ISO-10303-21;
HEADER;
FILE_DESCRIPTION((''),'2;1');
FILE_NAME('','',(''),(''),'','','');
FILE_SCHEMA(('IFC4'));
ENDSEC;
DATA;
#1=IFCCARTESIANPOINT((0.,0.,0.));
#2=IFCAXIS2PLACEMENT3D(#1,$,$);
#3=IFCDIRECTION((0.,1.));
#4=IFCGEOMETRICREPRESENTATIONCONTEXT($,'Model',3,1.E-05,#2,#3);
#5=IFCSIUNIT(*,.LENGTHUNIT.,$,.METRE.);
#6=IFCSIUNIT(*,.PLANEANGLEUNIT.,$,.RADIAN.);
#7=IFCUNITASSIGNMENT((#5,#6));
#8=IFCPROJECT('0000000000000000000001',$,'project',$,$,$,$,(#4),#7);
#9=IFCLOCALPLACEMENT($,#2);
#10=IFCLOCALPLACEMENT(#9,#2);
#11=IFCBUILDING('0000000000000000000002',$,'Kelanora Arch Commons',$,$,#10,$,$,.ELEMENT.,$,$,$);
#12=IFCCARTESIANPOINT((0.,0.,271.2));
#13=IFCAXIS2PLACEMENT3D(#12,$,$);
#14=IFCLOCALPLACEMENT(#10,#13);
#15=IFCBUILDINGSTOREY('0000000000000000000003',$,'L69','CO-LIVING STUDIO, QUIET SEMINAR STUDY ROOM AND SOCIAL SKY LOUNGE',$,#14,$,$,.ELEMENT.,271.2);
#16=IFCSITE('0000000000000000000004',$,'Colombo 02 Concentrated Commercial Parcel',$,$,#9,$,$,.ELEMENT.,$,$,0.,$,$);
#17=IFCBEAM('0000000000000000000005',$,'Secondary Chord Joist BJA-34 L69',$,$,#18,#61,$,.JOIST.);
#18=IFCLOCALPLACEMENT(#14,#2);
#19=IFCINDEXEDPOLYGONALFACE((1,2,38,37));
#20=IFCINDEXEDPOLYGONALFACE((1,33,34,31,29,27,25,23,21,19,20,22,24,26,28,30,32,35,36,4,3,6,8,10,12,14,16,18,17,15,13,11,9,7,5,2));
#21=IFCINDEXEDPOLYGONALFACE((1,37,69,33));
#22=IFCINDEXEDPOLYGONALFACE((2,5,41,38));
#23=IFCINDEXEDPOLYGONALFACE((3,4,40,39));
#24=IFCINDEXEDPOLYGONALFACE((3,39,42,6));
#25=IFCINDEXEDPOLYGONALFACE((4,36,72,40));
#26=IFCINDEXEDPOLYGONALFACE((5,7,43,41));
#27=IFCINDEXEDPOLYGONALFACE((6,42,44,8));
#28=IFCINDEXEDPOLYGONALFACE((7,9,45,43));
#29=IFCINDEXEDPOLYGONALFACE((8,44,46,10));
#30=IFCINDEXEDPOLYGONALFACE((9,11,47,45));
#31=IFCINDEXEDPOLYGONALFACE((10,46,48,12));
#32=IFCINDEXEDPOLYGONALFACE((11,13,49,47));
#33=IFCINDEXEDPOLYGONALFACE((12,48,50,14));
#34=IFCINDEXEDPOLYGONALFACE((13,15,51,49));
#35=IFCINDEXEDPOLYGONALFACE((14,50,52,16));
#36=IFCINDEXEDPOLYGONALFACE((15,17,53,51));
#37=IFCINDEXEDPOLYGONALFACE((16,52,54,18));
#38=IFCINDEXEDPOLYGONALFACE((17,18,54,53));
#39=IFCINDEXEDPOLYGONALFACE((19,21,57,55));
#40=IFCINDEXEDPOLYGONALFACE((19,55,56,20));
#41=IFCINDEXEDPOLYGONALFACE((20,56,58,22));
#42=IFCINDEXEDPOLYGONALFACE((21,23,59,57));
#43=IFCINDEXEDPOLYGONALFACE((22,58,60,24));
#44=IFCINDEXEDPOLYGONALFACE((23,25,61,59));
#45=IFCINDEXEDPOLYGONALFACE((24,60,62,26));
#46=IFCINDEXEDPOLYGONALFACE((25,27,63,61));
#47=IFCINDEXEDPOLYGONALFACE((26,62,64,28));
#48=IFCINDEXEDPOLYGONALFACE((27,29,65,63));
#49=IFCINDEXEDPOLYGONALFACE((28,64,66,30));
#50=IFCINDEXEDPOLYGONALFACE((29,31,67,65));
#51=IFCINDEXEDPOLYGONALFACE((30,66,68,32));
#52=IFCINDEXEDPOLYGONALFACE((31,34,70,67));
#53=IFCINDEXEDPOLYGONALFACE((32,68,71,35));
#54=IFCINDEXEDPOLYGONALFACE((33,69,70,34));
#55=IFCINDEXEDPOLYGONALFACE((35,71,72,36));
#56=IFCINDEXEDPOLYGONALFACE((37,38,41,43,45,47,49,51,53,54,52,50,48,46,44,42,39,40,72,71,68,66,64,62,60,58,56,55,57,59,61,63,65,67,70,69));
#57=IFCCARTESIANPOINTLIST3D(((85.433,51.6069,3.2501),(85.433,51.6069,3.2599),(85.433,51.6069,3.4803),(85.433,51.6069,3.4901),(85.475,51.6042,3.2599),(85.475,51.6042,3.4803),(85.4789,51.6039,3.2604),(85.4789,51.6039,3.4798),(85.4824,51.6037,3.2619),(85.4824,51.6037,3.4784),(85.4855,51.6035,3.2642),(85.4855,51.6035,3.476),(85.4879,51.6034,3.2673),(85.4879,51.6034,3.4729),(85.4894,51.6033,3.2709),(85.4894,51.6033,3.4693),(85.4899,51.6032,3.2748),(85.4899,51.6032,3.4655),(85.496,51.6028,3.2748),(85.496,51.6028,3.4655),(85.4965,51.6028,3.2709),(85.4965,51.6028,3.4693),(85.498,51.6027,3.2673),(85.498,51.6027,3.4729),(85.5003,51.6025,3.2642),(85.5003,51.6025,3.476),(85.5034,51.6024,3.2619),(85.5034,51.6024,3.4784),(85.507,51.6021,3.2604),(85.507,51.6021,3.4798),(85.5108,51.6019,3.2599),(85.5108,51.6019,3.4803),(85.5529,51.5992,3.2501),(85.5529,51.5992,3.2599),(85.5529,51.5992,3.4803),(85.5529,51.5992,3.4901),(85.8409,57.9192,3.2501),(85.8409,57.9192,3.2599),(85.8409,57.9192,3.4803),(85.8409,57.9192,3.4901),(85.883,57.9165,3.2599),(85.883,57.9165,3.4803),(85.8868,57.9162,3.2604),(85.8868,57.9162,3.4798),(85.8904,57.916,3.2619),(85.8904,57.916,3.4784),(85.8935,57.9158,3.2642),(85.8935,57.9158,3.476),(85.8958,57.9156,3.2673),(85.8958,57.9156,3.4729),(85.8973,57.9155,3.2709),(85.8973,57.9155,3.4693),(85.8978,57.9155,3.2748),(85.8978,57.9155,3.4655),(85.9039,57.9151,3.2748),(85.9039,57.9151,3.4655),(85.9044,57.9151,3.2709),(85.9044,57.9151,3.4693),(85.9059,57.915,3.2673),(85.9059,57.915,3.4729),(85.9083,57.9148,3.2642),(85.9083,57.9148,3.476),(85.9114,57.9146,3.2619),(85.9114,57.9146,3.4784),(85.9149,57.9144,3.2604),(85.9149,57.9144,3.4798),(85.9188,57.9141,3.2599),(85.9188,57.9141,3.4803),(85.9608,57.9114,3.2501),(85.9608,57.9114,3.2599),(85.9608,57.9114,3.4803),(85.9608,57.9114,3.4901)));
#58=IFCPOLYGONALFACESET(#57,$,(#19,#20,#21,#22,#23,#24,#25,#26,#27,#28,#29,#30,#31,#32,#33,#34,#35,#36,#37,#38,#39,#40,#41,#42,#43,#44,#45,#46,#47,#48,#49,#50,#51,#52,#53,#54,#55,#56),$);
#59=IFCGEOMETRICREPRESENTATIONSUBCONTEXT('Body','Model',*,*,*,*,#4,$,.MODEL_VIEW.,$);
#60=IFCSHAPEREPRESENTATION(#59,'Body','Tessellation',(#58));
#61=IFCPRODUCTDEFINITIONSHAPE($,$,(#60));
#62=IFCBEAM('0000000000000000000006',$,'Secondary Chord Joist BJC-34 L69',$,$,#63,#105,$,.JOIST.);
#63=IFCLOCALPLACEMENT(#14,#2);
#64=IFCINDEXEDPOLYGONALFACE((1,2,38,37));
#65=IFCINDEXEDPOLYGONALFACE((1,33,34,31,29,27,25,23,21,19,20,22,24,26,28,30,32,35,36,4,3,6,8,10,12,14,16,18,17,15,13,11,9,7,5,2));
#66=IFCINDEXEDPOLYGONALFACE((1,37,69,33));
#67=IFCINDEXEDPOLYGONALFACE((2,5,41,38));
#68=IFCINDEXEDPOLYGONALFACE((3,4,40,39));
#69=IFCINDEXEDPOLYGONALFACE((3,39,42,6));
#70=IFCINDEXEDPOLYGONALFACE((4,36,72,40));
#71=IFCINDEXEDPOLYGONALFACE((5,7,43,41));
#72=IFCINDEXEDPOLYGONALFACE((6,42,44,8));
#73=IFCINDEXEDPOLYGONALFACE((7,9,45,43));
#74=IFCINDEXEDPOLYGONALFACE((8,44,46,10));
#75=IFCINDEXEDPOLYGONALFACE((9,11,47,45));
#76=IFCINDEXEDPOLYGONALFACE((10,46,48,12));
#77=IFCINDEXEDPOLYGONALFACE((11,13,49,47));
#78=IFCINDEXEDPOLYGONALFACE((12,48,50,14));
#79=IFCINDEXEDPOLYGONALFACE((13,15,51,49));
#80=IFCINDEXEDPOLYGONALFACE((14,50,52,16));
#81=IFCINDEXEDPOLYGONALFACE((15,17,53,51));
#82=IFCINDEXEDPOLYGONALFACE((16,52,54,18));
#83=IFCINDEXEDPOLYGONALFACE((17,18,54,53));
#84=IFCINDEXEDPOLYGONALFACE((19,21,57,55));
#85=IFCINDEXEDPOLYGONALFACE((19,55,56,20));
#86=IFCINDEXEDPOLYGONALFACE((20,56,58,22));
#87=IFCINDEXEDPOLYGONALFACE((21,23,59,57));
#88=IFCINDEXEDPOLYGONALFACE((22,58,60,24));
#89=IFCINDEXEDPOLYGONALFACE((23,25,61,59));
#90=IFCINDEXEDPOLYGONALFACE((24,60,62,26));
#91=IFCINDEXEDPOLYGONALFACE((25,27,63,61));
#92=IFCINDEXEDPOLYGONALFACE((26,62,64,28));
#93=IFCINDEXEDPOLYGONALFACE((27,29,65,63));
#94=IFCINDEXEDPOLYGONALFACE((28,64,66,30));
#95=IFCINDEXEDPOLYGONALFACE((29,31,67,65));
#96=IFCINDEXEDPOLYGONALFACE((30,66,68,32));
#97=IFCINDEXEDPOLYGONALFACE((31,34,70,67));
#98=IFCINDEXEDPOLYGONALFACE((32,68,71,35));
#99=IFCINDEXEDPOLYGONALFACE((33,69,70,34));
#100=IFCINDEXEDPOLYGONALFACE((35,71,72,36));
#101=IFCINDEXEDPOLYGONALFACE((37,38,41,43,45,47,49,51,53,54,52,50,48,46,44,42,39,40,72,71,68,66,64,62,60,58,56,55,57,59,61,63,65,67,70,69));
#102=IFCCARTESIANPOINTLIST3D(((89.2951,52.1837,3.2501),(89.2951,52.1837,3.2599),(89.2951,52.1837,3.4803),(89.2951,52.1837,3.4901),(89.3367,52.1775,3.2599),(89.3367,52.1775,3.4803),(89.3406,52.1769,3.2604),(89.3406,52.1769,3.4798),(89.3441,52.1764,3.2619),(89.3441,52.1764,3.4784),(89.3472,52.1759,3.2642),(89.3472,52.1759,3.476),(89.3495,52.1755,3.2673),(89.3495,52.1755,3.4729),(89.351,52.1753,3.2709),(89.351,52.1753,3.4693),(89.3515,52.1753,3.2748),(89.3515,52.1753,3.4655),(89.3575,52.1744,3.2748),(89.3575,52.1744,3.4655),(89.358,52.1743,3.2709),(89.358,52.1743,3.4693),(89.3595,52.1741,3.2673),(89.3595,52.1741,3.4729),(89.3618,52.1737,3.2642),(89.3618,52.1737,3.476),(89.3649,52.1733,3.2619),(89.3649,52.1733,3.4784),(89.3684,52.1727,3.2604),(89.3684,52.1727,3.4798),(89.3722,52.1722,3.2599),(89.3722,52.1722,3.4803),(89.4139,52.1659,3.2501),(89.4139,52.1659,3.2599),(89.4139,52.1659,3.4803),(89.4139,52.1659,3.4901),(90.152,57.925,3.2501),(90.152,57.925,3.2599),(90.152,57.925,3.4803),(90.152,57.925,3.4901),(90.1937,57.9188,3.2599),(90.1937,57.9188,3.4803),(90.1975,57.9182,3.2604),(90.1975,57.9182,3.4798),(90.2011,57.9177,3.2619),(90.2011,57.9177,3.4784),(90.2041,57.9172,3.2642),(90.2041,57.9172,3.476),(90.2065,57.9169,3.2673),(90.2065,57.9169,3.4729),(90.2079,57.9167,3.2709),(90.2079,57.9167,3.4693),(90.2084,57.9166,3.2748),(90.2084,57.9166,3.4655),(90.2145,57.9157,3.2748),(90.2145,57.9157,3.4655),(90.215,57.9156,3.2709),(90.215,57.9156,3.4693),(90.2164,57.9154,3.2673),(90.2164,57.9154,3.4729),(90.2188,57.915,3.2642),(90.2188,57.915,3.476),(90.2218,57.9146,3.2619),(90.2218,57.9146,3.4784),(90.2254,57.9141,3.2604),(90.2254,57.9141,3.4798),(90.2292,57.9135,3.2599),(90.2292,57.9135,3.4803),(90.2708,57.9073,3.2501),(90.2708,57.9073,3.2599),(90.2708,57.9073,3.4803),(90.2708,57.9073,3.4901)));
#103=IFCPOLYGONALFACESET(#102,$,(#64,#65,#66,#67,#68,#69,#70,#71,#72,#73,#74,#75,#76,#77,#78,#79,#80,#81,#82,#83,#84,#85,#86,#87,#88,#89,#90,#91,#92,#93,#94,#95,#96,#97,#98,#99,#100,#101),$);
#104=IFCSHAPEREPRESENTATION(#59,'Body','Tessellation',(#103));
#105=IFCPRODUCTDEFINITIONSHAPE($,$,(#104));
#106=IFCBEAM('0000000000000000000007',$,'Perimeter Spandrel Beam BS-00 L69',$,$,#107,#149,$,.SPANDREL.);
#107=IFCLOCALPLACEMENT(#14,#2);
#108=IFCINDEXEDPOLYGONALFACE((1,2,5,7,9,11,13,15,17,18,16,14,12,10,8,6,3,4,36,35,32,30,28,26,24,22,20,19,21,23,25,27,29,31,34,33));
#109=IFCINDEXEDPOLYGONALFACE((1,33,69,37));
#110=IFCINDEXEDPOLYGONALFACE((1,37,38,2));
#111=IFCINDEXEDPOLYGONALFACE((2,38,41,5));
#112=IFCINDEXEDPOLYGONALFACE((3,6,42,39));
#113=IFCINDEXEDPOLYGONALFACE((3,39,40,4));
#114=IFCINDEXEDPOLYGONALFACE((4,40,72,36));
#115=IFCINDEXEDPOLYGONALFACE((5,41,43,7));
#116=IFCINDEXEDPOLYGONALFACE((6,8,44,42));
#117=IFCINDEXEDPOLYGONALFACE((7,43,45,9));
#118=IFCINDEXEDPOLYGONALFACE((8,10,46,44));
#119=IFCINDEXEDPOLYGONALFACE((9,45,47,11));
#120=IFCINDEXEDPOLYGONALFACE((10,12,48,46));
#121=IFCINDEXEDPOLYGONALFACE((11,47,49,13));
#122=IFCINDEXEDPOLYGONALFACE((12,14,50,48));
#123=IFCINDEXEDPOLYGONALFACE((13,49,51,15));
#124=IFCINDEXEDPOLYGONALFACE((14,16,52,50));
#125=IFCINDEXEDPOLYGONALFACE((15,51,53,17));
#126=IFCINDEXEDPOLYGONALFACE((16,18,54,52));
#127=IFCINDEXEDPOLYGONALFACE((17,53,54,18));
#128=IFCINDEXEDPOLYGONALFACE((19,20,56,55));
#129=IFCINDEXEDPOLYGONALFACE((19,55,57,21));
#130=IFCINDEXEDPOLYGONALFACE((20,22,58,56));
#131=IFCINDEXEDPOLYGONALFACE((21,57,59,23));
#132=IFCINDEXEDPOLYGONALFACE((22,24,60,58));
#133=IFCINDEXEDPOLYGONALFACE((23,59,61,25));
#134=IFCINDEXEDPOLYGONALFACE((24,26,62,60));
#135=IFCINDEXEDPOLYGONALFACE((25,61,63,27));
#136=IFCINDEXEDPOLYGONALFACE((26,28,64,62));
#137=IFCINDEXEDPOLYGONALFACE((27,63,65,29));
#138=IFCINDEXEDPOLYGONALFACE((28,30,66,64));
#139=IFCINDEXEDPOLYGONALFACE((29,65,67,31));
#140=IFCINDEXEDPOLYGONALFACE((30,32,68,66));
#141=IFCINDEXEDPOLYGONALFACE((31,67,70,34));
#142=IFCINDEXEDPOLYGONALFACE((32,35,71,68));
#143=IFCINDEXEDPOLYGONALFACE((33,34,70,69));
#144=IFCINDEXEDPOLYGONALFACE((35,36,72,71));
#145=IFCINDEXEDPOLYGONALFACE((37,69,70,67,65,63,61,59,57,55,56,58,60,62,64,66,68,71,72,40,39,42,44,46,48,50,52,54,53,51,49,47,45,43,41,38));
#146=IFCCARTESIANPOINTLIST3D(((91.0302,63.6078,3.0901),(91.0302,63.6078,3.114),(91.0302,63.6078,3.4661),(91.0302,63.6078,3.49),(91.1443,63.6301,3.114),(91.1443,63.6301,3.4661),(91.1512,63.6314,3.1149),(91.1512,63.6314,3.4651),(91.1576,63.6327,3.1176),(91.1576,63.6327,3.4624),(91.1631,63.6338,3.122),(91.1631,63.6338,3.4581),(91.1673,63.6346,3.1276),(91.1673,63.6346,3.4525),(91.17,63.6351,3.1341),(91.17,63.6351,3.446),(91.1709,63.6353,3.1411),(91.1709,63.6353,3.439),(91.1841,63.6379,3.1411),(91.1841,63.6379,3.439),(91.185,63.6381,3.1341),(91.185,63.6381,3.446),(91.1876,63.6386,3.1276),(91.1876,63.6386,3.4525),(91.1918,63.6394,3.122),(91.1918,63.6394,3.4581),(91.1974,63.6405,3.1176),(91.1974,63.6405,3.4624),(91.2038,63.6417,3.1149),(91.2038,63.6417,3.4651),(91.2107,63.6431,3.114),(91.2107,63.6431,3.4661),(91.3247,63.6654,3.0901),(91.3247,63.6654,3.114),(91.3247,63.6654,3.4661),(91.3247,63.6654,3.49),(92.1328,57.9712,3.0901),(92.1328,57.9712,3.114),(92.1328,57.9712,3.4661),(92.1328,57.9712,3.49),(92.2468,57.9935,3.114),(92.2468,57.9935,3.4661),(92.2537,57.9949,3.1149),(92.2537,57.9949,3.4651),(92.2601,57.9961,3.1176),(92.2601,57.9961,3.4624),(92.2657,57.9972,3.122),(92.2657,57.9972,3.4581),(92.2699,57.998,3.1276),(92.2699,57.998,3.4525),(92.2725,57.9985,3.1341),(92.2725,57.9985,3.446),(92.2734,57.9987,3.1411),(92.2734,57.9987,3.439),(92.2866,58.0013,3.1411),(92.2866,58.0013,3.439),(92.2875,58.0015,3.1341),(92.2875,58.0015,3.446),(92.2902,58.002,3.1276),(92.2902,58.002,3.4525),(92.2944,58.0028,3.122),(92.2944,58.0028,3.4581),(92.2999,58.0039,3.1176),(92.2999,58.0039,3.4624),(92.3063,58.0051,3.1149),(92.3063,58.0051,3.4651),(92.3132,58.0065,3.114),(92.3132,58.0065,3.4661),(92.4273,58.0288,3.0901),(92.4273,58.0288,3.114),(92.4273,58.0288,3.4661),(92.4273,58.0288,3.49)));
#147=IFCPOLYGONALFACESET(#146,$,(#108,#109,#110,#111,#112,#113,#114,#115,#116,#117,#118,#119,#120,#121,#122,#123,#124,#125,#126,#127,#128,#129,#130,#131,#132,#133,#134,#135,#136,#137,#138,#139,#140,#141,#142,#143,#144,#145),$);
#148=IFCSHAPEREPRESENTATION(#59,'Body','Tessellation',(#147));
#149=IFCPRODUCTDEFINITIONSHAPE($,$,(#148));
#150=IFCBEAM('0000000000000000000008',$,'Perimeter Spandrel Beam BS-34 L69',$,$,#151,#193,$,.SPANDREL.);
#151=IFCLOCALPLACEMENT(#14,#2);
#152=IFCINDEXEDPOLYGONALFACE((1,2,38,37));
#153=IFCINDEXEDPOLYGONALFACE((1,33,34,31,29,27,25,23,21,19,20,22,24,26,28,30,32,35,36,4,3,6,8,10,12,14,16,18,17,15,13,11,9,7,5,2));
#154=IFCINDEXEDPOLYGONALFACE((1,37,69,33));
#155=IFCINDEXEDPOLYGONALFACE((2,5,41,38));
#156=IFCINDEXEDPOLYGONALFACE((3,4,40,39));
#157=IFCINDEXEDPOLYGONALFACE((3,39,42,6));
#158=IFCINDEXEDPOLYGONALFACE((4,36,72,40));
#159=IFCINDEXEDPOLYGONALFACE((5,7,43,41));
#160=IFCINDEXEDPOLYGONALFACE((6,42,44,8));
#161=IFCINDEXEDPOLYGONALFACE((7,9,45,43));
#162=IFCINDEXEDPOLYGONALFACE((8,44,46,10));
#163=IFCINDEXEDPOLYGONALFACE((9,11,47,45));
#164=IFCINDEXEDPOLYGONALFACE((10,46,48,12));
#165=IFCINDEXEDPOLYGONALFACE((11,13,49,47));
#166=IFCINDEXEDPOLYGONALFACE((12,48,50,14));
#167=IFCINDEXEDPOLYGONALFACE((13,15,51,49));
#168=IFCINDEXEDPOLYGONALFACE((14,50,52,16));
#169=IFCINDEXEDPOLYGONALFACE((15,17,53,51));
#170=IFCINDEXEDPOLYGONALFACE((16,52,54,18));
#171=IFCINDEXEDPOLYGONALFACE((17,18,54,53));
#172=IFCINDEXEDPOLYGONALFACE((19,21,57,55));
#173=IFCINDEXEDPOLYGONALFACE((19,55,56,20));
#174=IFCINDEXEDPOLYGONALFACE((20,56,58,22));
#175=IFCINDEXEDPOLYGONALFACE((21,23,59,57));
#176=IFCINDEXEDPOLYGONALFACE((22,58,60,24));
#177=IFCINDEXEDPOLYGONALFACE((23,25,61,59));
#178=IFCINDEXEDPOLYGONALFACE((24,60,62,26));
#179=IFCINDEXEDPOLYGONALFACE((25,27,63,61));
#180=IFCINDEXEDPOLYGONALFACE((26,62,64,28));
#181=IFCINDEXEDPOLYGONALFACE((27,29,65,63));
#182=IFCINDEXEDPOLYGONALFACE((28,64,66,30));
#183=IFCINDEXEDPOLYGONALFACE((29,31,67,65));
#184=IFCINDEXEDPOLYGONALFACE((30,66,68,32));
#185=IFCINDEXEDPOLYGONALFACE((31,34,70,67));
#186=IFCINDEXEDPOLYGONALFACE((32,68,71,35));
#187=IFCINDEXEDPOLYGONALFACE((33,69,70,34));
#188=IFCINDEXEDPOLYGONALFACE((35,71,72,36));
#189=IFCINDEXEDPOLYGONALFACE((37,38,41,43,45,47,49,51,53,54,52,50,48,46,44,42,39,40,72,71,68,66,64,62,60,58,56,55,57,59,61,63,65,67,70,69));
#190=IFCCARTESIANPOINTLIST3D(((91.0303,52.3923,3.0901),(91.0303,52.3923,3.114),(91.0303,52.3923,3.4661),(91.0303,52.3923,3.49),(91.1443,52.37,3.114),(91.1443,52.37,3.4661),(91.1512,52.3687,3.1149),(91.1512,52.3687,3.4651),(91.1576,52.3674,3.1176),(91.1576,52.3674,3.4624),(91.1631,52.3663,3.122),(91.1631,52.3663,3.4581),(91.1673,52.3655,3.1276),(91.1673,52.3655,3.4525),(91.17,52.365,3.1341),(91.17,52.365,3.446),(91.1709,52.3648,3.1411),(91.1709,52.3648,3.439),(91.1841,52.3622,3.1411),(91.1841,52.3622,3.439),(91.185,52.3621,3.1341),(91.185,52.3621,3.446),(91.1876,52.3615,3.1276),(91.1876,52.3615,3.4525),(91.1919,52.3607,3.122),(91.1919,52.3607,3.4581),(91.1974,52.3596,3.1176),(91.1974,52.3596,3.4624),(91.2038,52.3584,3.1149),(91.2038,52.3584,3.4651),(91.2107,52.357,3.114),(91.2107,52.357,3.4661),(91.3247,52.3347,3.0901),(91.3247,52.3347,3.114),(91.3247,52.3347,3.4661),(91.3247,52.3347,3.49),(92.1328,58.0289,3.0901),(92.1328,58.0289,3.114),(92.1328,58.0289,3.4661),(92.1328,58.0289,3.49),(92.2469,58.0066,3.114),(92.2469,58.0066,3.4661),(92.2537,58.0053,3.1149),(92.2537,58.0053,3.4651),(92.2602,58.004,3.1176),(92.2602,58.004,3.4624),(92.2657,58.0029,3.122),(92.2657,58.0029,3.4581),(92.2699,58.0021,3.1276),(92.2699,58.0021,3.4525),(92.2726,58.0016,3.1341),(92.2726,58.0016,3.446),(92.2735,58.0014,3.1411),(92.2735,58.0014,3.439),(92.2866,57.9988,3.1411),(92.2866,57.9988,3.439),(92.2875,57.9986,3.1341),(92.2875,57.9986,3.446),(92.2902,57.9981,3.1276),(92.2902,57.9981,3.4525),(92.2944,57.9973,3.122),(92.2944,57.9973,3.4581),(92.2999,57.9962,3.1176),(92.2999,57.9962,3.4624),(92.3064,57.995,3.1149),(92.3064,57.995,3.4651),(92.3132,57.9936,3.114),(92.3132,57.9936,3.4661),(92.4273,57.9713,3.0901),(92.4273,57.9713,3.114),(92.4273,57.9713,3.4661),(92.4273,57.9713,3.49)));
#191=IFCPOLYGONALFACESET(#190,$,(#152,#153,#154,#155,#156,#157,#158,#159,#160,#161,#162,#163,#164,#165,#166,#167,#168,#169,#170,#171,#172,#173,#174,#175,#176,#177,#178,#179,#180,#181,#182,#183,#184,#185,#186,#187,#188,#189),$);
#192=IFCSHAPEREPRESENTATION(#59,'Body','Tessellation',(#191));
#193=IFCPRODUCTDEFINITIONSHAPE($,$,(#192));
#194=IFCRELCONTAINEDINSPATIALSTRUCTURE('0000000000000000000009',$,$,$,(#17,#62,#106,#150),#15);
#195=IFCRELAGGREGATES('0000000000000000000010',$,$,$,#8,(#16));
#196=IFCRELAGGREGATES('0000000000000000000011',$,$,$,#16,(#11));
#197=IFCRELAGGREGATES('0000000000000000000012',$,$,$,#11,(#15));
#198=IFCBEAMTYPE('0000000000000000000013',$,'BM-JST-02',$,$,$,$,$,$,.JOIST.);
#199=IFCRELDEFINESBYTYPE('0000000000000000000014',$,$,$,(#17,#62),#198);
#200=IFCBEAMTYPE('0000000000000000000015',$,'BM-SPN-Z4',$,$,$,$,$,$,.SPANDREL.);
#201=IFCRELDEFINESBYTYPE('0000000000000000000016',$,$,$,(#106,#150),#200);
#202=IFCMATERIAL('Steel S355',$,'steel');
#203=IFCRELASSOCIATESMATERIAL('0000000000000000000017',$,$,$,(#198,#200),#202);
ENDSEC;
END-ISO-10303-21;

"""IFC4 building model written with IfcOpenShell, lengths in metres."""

from ifc_helpers import new_model, si_unit, direction, frame, origin, origin_2d, place, context, subcontext, project, spatial, i_section, extrude, material, material_profile, profile_set, type_object, element, save


model = new_model("IFC4")

# Units and contexts
model_context = context("Model", 3, precision=1e-05, world=origin(), true_north=direction((0.0, 1.0)))
body_context = subcontext(model_context, "Body", "Model", "MODEL_VIEW")
ifc_project = project(units=[si_unit("LENGTHUNIT", "METRE"), si_unit("PLANEANGLEUNIT", "RADIAN")], contexts=[model_context])

# Site, building, storey
site_placement = place(None, origin())
site = spatial("IfcSite", under=ifc_project, at=site_placement, Name="Colombo 02 Concentrated Commercial Parcel", CompositionType="ELEMENT", RefElevation=0.0)
building_placement = place(site_placement, origin())
building = spatial("IfcBuilding", under=site, at=building_placement, Name="Kelanora Arch Commons", CompositionType="ELEMENT")
storey_placement = place(building_placement, frame((0.0, 0.0, 271.2)))
storey = spatial("IfcBuildingStorey", under=building, at=storey_placement, Name="L69", Description="CO-LIVING STUDIO, QUIET SEMINAR STUDY ROOM AND SOCIAL SKY LOUNGE", CompositionType="ELEMENT", Elevation=271.2)

# Beams
ifc_material_1 = material(Name="Steel S355", Category="steel")
ifc_material_profile_1 = material_profile(ifc_material_1, i_section(OverallWidth=0.1201, OverallDepth=0.24, WebThickness=0.0061, FlangeThickness=0.0098, FilletRadius=0.0149, at=origin_2d()), Name="IPE240")
ifc_profile_set_1 = profile_set([ifc_material_profile_1], Name="Steel S355")
beam_type_1 = type_object("IfcBeamType", Name="BM-JST-02", PredefinedType="JOIST", material=ifc_profile_set_1)
beam_1_placement = place(storey_placement, frame((85.4929, 51.603, 3.3701), z_axis=(0.064495, 0.997918, 0.0), x_axis=(-0.997918, 0.064495, 0.0)))
element("IfcBeam", 1, at=beam_1_placement, inside=storey, type_object=beam_type_1, Name="Secondary Chord Joist BJA-34 L69", PredefinedType="JOIST", context=body_context, shape_type="SweptSolid", body=[
    extrude(i_section(OverallWidth=0.1201, OverallDepth=0.24, WebThickness=0.0061, FlangeThickness=0.0098, FilletRadius=0.0149, at=origin_2d()), origin(), (0.0, 0.0, 1.0), 6.3254),
])
beam_2_placement = place(storey_placement, frame((89.3545, 52.1748, 3.3701), z_axis=(0.147625, 0.989043, 0.0), x_axis=(-0.989043, 0.147625, 0.0)))
element("IfcBeam", 2, at=beam_2_placement, inside=storey, type_object=beam_type_1, Name="Secondary Chord Joist BJC-34 L69", PredefinedType="JOIST", context=body_context, shape_type="SweptSolid", body=[
    extrude(i_section(OverallWidth=0.1201, OverallDepth=0.24, WebThickness=0.0061, FlangeThickness=0.0098, FilletRadius=0.0149, at=origin_2d()), origin(), (0.0, 0.0, 1.0), 5.8049),
])
ifc_material_profile_2 = material_profile(ifc_material_1, i_section(OverallWidth=0.3, OverallDepth=0.3999, WebThickness=0.0134, FlangeThickness=0.0239, FilletRadius=0.0271, at=origin_2d()), Name="HEB400")
ifc_profile_set_2 = profile_set([ifc_material_profile_2], Name="Steel S355")
beam_type_2 = type_object("IfcBeamType", Name="BM-SPN-Z4", PredefinedType="SPANDREL", material=ifc_profile_set_2)
for number, where, z_axis, x_axis, name in (
    (3, (92.28, 58.0, 3.29), (-0.19197, 0.981401, 0.0), (-0.981401, -0.19197, 0.0), "Perimeter Spandrel Beam BS-00 L69"),
    (4, (91.1775, 52.3635, 3.29), (0.19197, 0.981401, 0.0), (-0.981401, 0.19197, 0.0), "Perimeter Spandrel Beam BS-34 L69"),
):
    element("IfcBeam", number, at=place(storey_placement, frame(where, z_axis=z_axis, x_axis=x_axis)), inside=storey, type_object=beam_type_2, Name=name, PredefinedType="SPANDREL", context=body_context, shape_type="SweptSolid", body=[
        extrude(i_section(OverallWidth=0.3, OverallDepth=0.3999, WebThickness=0.0134, FlangeThickness=0.0239, FilletRadius=0.0271, at=origin_2d()), origin(), (0.0, 0.0, 1.0), 5.7434),
    ])

save(model, "model.ifc")
